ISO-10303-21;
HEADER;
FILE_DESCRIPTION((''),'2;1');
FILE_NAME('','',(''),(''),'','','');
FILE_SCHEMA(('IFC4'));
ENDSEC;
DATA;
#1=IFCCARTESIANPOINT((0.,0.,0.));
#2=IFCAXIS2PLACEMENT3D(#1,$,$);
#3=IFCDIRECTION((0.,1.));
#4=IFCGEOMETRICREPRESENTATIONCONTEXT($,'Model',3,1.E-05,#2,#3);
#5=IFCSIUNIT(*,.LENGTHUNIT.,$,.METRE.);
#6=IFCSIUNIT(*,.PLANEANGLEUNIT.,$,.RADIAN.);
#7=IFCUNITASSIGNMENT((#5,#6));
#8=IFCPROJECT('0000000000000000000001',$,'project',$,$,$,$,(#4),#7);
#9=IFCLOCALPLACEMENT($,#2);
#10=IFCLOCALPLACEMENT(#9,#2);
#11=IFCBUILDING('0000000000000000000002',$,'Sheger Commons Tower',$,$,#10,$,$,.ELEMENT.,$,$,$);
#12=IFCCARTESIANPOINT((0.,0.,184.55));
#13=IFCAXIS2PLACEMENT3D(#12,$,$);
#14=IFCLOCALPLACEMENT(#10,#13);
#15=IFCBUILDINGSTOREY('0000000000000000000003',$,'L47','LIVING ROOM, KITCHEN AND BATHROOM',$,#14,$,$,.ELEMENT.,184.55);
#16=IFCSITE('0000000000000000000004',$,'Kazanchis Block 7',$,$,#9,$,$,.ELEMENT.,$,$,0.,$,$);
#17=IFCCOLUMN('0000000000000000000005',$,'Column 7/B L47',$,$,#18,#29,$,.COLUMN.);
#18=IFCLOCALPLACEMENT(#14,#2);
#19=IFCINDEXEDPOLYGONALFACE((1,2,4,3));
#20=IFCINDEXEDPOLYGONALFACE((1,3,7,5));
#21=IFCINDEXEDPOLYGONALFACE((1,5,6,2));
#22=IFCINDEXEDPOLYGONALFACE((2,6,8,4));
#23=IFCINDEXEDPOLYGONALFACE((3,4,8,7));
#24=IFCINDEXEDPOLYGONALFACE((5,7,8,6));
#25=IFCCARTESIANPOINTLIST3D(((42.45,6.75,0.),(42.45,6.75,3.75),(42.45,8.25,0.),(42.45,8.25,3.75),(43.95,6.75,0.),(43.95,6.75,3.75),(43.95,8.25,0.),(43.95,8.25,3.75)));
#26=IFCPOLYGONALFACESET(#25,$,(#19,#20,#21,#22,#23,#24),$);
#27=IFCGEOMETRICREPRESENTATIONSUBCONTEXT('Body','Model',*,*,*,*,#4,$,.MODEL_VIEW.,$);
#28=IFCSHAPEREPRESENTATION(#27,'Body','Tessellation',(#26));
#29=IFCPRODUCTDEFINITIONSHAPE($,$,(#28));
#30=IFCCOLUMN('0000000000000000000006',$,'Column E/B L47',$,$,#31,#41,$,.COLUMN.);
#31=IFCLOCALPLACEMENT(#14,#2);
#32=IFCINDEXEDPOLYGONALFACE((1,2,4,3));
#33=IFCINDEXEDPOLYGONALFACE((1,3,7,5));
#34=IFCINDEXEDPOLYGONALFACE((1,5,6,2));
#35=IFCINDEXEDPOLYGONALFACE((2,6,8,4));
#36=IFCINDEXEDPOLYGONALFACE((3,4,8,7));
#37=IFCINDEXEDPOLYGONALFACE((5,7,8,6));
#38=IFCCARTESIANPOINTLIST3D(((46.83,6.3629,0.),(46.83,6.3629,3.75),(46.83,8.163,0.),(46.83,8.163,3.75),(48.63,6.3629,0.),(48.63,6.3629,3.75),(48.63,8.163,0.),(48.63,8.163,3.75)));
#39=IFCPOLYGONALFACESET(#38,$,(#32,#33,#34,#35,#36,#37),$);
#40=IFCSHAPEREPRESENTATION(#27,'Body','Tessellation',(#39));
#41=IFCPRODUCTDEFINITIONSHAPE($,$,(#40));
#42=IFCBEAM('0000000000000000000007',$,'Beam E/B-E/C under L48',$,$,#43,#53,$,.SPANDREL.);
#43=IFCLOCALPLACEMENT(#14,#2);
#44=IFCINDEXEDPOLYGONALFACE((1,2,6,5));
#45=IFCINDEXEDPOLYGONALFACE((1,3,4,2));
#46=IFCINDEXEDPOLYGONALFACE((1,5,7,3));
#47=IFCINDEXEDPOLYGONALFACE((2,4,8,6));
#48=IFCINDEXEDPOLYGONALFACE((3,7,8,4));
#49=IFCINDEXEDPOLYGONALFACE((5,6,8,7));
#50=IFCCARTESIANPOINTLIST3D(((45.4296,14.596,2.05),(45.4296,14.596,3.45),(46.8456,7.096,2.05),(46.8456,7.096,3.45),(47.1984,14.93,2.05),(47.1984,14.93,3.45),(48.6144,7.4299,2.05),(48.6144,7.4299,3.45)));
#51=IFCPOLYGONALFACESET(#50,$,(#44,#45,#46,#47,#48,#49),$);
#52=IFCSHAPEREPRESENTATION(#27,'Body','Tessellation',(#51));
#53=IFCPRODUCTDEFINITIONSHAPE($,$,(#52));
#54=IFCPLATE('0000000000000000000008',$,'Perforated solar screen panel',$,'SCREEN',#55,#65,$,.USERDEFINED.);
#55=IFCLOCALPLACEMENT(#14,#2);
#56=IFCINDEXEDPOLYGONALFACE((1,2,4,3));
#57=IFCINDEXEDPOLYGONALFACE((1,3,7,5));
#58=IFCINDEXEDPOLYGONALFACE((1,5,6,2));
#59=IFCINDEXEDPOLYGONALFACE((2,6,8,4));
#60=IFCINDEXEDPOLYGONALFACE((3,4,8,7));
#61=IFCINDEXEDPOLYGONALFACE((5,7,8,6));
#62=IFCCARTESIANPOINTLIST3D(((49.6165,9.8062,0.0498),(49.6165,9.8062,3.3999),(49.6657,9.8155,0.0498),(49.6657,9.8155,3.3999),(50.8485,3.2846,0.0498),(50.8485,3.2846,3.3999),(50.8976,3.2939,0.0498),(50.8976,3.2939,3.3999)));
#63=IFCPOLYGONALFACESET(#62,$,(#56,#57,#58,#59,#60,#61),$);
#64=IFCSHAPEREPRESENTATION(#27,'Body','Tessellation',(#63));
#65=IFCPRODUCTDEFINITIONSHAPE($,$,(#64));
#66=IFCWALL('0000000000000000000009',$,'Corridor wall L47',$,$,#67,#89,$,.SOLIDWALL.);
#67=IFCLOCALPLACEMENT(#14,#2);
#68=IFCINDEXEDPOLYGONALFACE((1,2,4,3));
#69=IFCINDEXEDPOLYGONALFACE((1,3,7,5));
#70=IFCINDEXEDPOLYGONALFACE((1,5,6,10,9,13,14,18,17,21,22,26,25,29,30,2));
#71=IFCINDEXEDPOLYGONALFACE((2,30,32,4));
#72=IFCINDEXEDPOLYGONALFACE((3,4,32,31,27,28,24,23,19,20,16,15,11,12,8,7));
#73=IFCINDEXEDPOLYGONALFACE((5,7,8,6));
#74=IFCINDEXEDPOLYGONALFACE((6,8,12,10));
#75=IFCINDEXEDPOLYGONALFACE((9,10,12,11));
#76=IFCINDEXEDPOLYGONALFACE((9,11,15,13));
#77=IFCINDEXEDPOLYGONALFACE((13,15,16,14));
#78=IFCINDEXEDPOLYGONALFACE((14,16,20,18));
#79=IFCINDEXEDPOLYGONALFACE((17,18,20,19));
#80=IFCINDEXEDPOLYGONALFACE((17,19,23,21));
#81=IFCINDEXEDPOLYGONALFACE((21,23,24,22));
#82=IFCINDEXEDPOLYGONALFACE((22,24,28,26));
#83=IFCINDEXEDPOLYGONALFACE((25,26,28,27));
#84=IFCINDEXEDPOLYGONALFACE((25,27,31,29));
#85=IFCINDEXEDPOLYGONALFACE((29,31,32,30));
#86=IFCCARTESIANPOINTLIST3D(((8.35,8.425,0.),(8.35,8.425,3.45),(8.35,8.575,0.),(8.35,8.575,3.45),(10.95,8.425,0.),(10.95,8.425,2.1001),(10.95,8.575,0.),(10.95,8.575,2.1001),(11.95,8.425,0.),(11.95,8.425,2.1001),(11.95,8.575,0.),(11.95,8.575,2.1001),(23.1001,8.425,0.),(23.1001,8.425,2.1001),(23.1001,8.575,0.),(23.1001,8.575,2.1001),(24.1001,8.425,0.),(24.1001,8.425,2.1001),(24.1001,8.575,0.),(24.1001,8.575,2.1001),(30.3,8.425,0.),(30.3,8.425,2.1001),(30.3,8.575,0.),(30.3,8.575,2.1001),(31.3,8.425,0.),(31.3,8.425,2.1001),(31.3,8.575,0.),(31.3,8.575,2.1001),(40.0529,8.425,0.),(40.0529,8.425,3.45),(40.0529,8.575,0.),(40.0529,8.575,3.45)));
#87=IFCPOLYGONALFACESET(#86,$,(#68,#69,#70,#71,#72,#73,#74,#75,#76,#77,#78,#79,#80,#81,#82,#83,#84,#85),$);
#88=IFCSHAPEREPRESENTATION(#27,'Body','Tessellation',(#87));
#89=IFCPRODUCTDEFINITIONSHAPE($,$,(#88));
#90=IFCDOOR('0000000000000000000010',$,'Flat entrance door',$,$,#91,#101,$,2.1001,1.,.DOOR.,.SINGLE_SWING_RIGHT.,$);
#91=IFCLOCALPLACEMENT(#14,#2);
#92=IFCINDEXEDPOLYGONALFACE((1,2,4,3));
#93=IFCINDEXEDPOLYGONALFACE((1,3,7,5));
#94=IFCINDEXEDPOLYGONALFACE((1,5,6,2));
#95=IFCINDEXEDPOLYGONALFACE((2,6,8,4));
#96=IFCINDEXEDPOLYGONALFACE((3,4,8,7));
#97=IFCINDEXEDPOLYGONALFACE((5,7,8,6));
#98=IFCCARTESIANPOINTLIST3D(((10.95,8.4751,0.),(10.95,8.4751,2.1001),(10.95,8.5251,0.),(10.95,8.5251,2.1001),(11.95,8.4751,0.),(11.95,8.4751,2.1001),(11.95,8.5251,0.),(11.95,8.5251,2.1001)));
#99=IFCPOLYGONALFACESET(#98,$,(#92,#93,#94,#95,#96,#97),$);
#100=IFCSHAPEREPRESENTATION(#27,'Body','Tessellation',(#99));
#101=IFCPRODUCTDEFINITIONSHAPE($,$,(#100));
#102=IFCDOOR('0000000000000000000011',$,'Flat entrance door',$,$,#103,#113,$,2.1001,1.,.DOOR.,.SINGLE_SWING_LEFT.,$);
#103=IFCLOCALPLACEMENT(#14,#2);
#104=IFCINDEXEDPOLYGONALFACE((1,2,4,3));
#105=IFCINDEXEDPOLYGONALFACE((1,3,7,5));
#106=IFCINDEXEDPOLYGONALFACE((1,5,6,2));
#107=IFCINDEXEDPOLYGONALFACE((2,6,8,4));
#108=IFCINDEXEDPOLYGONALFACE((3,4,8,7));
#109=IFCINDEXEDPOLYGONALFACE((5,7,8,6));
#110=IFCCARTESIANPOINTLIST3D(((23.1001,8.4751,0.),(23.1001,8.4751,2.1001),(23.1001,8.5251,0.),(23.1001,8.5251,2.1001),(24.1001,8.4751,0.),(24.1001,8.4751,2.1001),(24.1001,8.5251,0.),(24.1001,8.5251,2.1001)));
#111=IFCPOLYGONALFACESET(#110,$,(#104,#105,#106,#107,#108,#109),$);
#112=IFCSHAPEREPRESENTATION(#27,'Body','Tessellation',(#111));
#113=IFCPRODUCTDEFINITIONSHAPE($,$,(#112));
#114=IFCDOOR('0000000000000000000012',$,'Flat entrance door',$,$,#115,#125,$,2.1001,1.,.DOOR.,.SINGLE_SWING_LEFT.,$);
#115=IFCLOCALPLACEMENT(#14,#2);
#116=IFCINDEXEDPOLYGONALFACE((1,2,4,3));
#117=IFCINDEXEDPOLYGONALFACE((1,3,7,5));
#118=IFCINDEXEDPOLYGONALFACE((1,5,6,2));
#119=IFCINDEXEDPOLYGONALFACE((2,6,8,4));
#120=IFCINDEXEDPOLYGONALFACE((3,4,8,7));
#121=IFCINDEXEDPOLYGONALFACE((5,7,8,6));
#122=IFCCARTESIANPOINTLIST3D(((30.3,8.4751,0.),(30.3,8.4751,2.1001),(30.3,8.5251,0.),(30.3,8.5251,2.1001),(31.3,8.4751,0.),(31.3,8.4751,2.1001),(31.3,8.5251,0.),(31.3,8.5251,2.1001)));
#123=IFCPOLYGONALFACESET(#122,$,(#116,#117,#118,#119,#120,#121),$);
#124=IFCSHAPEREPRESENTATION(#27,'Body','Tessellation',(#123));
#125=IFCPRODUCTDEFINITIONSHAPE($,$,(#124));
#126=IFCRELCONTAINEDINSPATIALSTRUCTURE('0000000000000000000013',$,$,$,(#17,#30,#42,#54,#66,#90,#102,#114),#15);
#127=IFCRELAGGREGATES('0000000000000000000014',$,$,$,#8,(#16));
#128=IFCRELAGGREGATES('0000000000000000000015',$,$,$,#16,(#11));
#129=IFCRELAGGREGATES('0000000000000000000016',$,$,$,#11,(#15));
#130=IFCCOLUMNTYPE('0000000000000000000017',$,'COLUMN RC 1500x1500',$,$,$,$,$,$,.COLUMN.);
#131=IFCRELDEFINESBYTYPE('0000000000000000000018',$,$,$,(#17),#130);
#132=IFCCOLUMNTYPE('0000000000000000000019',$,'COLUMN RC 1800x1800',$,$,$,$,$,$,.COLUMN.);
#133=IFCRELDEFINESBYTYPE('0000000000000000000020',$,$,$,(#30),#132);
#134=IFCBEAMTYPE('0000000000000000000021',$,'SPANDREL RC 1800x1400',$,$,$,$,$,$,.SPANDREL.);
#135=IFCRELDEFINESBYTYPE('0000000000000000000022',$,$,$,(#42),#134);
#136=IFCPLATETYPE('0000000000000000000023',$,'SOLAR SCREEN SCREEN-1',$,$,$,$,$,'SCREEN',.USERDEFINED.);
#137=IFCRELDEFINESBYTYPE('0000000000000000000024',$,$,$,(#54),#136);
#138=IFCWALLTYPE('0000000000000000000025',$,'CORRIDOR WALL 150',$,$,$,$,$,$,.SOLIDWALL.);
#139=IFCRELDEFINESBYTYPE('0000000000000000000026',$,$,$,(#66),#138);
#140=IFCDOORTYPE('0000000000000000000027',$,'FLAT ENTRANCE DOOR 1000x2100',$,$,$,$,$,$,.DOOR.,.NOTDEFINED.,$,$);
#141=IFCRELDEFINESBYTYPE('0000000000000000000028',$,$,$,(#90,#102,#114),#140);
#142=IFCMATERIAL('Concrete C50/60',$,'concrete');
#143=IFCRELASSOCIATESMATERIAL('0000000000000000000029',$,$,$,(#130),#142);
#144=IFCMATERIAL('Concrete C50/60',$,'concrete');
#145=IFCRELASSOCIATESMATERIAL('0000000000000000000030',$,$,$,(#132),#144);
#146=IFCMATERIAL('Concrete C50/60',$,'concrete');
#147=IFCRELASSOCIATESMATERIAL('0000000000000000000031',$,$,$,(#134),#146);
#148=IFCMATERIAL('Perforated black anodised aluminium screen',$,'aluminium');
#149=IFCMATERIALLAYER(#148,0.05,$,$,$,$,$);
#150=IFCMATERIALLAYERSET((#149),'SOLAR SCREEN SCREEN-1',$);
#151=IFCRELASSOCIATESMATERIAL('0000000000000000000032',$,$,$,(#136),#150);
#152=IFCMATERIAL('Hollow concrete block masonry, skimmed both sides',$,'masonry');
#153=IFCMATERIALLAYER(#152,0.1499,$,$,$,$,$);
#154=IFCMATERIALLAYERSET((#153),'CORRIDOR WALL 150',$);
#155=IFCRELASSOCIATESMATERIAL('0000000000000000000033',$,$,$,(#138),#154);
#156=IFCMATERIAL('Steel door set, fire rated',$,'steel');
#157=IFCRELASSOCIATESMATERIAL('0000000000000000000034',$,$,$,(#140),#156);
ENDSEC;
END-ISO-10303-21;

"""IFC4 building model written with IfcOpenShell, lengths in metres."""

from ifc_helpers import new_model, si_unit, direction, frame, frame_2d, origin, origin_2d, place, context, subcontext, project, spatial, rectangle, extrude, material, layer, layer_set, material_profile, profile_set, type_object, element, fill, save


model = new_model("IFC4")

# Units and contexts
model_context = context("Model", 3, precision=1e-05, world=origin(), true_north=direction((0.0, 1.0)))
body_context = subcontext(model_context, "Body", "Model", "MODEL_VIEW")
ifc_project = project(units=[si_unit("LENGTHUNIT", "METRE"), si_unit("PLANEANGLEUNIT", "RADIAN")], contexts=[model_context])

# Site, building, storey
site_placement = place(None, origin())
site = spatial("IfcSite", under=ifc_project, at=site_placement, Name="Kazanchis Block 7", CompositionType="ELEMENT", RefElevation=0.0)
building_placement = place(site_placement, origin())
building = spatial("IfcBuilding", under=site, at=building_placement, Name="Sheger Commons Tower", CompositionType="ELEMENT")
storey_placement = place(building_placement, frame((0.0, 0.0, 184.55)))
storey = spatial("IfcBuildingStorey", under=building, at=storey_placement, Name="L47", Description="LIVING ROOM, KITCHEN AND BATHROOM", CompositionType="ELEMENT", Elevation=184.55)

# Columns
ifc_material_1 = material(Name="Concrete C50/60", Category="concrete")
ifc_material_profile_1 = material_profile(ifc_material_1, rectangle(XDim=1.5, YDim=1.5, at=origin_2d()), Name="RC 1500x1500")
ifc_profile_set_1 = profile_set([ifc_material_profile_1], Name="Concrete C50/60")
column_type_1 = type_object("IfcColumnType", Name="COLUMN RC 1500x1500", PredefinedType="COLUMN", material=ifc_profile_set_1)
column_1_placement = place(storey_placement, frame((43.2, 7.5, 0.0), z_axis=(0.0, 0.0, 1.0), x_axis=(1.0, 0.0, 0.0)))
element("IfcColumn", 1, at=column_1_placement, inside=storey, type_object=column_type_1, Name="Column 7/B L47", PredefinedType="COLUMN", context=body_context, shape_type="SweptSolid", body=[
    extrude(rectangle(XDim=1.5, YDim=1.5, at=origin_2d()), origin(), (0.0, 0.0, 1.0), 3.75),
])
ifc_material_2 = material(Name="Concrete C50/60", Category="concrete")
ifc_material_profile_2 = material_profile(ifc_material_2, rectangle(XDim=1.8, YDim=1.8, at=origin_2d()), Name="RC 1800x1800")
ifc_profile_set_2 = profile_set([ifc_material_profile_2], Name="Concrete C50/60")
column_type_2 = type_object("IfcColumnType", Name="COLUMN RC 1800x1800", PredefinedType="COLUMN", material=ifc_profile_set_2)
column_2_placement = place(storey_placement, frame((47.73, 7.2629, 0.0), z_axis=(0.0, 0.0, 1.0), x_axis=(1.0, 0.0, 0.0)))
element("IfcColumn", 2, at=column_2_placement, inside=storey, type_object=column_type_2, Name="Column E/B L47", PredefinedType="COLUMN", context=body_context, shape_type="SweptSolid", body=[
    extrude(rectangle(XDim=1.8, YDim=1.8, at=origin_2d()), origin(), (0.0, 0.0, 1.0), 3.75),
])

# Beam
ifc_material_3 = material(Name="Concrete C50/60", Category="concrete")
ifc_material_profile_3 = material_profile(ifc_material_3, rectangle(XDim=1.8, YDim=1.3999, at=origin_2d()), Name="RC 1800x1400")
ifc_profile_set_3 = profile_set([ifc_material_profile_3], Name="Concrete C50/60")
beam_type = type_object("IfcBeamType", Name="SPANDREL RC 1800x1400", PredefinedType="SPANDREL", material=ifc_profile_set_3)
beam_placement = place(storey_placement, frame((47.73, 7.2629, 2.75), z_axis=(-0.185524, 0.98264, 0.0), x_axis=(-0.98264, -0.185524, 0.0)))
element("IfcBeam", 3, at=beam_placement, inside=storey, type_object=beam_type, Name="Beam E/B-E/C under L48", PredefinedType="SPANDREL", context=body_context, shape_type="SweptSolid", body=[
    extrude(rectangle(XDim=1.8, YDim=1.3999, at=origin_2d()), origin(), (0.0, 0.0, 1.0), 7.6326),
])

# Plate
ifc_material_4 = material(Name="Perforated black anodised aluminium screen", Category="aluminium")
ifc_layer_1 = layer(ifc_material_4, 0.05)
ifc_layer_set_1 = layer_set([ifc_layer_1], Name="SOLAR SCREEN SCREEN-1")
plate_type = type_object("IfcPlateType", Name="SOLAR SCREEN SCREEN-1", ElementType="SCREEN", PredefinedType="USERDEFINED", material=ifc_layer_set_1)
plate_placement = place(storey_placement, frame((50.2571, 6.55, 0.0498), z_axis=(0.0, 0.0, 1.0), x_axis=(-0.185615, 0.982623, 0.0)))
element("IfcPlate", 4, at=plate_placement, inside=storey, type_object=plate_type, Name="Perforated solar screen panel", ObjectType="SCREEN", PredefinedType="USERDEFINED", context=body_context, shape_type="SweptSolid", body=[
    extrude(rectangle(XDim=6.637, YDim=0.05, at=origin_2d()), origin(), (0.0, 0.0, 1.0), 3.3501),
])

# Wall, openings, doors
ifc_material_5 = material(Name="Hollow concrete block masonry, skimmed both sides", Category="masonry")
ifc_layer_2 = layer(ifc_material_5, 0.1499)
ifc_layer_set_2 = layer_set([ifc_layer_2], Name="CORRIDOR WALL 150")
wall_type_1 = type_object("IfcWallType", Name="CORRIDOR WALL 150", PredefinedType="SOLIDWALL", material=ifc_layer_set_2)
wall_1_placement = place(storey_placement, frame((40.053, 8.5, 0.0), z_axis=(0.0, 0.0, 1.0), x_axis=(-1.0, 0.0, 0.0)))
wall_1 = element("IfcWall", 5, at=wall_1_placement, inside=storey, type_object=wall_type_1, Name="Corridor wall L47", PredefinedType="SOLIDWALL", context=body_context, shape_type="SweptSolid", body=[
    extrude(rectangle(XDim=31.7029, YDim=0.1499, at=frame_2d((15.8516, 0.0))), origin(), (0.0, 0.0, 1.0), 3.45),
])
opening_1_placement = place(wall_1_placement, frame((28.103, 0.0, 0.0)))
opening_1 = element("IfcOpeningElement", 6, at=opening_1_placement, cuts=wall_1, PredefinedType="OPENING", context=body_context, shape_type="SweptSolid", body=[
    extrude(rectangle(XDim=1.0, YDim=2.1001, at=frame_2d((0.5, 1.05))), frame((0.0, 0.085, 0.0), z_axis=(0.0, -1.0, 0.0), x_axis=(1.0, 0.0, 0.0)), (0.0, 0.0, 1.0), 0.1699),
])
opening_2_placement = place(wall_1_placement, frame((15.9529, 0.0, 0.0)))
opening_2 = element("IfcOpeningElement", 7, at=opening_2_placement, cuts=wall_1, PredefinedType="OPENING", context=body_context, shape_type="SweptSolid", body=[
    extrude(rectangle(XDim=1.0, YDim=2.1001, at=frame_2d((0.5, 1.05))), frame((0.0, 0.085, 0.0), z_axis=(0.0, -1.0, 0.0), x_axis=(1.0, 0.0, 0.0)), (0.0, 0.0, 1.0), 0.1699),
])
opening_3_placement = place(wall_1_placement, frame((8.7529, 0.0, 0.0)))
opening_3 = element("IfcOpeningElement", 8, at=opening_3_placement, cuts=wall_1, PredefinedType="OPENING", context=body_context, shape_type="SweptSolid", body=[
    extrude(rectangle(XDim=1.0, YDim=2.1001, at=frame_2d((0.5, 1.05))), frame((0.0, 0.085, 0.0), z_axis=(0.0, -1.0, 0.0), x_axis=(1.0, 0.0, 0.0)), (0.0, 0.0, 1.0), 0.1699),
])
ifc_material_6 = material(Name="Steel door set, fire rated", Category="steel")
door_type_1 = type_object("IfcDoorType", Name="FLAT ENTRANCE DOOR 1000x2100", OperationType="NOTDEFINED", PredefinedType="DOOR", material=ifc_material_6)
door_1_placement = place(opening_1_placement, origin())
door_1 = element("IfcDoor", 9, at=door_1_placement, inside=storey, type_object=door_type_1, Name="Flat entrance door", OperationType="SINGLE_SWING_RIGHT", OverallHeight=2.1001, OverallWidth=1.0, PredefinedType="DOOR", context=body_context, shape_type="SweptSolid", body=[
    extrude(rectangle(XDim=1.0, YDim=2.1001, at=frame_2d((0.5, 1.05))), frame((0.0, 0.0249, 0.0), z_axis=(0.0, -1.0, 0.0), x_axis=(1.0, 0.0, 0.0)), (0.0, 0.0, 1.0), 0.05),
])
fill(opening_1, door_1)
door_2_placement = place(opening_2_placement, origin())
door_2 = element("IfcDoor", 10, at=door_2_placement, inside=storey, type_object=door_type_1, Name="Flat entrance door", OperationType="SINGLE_SWING_LEFT", OverallHeight=2.1001, OverallWidth=1.0, PredefinedType="DOOR", context=body_context, shape_type="SweptSolid", body=[
    extrude(rectangle(XDim=1.0, YDim=2.1001, at=frame_2d((0.5, 1.05))), frame((0.0, 0.0249, 0.0), z_axis=(0.0, -1.0, 0.0), x_axis=(1.0, 0.0, 0.0)), (0.0, 0.0, 1.0), 0.05),
])
fill(opening_2, door_2)
door_3_placement = place(opening_3_placement, origin())
door_3 = element("IfcDoor", 11, at=door_3_placement, inside=storey, type_object=door_type_1, Name="Flat entrance door", OperationType="SINGLE_SWING_LEFT", OverallHeight=2.1001, OverallWidth=1.0, PredefinedType="DOOR", context=body_context, shape_type="SweptSolid", body=[
    extrude(rectangle(XDim=1.0, YDim=2.1001, at=frame_2d((0.5, 1.05))), frame((0.0, 0.0249, 0.0), z_axis=(0.0, -1.0, 0.0), x_axis=(1.0, 0.0, 0.0)), (0.0, 0.0, 1.0), 0.05),
])
fill(opening_3, door_3)

save(model, "model.ifc")
